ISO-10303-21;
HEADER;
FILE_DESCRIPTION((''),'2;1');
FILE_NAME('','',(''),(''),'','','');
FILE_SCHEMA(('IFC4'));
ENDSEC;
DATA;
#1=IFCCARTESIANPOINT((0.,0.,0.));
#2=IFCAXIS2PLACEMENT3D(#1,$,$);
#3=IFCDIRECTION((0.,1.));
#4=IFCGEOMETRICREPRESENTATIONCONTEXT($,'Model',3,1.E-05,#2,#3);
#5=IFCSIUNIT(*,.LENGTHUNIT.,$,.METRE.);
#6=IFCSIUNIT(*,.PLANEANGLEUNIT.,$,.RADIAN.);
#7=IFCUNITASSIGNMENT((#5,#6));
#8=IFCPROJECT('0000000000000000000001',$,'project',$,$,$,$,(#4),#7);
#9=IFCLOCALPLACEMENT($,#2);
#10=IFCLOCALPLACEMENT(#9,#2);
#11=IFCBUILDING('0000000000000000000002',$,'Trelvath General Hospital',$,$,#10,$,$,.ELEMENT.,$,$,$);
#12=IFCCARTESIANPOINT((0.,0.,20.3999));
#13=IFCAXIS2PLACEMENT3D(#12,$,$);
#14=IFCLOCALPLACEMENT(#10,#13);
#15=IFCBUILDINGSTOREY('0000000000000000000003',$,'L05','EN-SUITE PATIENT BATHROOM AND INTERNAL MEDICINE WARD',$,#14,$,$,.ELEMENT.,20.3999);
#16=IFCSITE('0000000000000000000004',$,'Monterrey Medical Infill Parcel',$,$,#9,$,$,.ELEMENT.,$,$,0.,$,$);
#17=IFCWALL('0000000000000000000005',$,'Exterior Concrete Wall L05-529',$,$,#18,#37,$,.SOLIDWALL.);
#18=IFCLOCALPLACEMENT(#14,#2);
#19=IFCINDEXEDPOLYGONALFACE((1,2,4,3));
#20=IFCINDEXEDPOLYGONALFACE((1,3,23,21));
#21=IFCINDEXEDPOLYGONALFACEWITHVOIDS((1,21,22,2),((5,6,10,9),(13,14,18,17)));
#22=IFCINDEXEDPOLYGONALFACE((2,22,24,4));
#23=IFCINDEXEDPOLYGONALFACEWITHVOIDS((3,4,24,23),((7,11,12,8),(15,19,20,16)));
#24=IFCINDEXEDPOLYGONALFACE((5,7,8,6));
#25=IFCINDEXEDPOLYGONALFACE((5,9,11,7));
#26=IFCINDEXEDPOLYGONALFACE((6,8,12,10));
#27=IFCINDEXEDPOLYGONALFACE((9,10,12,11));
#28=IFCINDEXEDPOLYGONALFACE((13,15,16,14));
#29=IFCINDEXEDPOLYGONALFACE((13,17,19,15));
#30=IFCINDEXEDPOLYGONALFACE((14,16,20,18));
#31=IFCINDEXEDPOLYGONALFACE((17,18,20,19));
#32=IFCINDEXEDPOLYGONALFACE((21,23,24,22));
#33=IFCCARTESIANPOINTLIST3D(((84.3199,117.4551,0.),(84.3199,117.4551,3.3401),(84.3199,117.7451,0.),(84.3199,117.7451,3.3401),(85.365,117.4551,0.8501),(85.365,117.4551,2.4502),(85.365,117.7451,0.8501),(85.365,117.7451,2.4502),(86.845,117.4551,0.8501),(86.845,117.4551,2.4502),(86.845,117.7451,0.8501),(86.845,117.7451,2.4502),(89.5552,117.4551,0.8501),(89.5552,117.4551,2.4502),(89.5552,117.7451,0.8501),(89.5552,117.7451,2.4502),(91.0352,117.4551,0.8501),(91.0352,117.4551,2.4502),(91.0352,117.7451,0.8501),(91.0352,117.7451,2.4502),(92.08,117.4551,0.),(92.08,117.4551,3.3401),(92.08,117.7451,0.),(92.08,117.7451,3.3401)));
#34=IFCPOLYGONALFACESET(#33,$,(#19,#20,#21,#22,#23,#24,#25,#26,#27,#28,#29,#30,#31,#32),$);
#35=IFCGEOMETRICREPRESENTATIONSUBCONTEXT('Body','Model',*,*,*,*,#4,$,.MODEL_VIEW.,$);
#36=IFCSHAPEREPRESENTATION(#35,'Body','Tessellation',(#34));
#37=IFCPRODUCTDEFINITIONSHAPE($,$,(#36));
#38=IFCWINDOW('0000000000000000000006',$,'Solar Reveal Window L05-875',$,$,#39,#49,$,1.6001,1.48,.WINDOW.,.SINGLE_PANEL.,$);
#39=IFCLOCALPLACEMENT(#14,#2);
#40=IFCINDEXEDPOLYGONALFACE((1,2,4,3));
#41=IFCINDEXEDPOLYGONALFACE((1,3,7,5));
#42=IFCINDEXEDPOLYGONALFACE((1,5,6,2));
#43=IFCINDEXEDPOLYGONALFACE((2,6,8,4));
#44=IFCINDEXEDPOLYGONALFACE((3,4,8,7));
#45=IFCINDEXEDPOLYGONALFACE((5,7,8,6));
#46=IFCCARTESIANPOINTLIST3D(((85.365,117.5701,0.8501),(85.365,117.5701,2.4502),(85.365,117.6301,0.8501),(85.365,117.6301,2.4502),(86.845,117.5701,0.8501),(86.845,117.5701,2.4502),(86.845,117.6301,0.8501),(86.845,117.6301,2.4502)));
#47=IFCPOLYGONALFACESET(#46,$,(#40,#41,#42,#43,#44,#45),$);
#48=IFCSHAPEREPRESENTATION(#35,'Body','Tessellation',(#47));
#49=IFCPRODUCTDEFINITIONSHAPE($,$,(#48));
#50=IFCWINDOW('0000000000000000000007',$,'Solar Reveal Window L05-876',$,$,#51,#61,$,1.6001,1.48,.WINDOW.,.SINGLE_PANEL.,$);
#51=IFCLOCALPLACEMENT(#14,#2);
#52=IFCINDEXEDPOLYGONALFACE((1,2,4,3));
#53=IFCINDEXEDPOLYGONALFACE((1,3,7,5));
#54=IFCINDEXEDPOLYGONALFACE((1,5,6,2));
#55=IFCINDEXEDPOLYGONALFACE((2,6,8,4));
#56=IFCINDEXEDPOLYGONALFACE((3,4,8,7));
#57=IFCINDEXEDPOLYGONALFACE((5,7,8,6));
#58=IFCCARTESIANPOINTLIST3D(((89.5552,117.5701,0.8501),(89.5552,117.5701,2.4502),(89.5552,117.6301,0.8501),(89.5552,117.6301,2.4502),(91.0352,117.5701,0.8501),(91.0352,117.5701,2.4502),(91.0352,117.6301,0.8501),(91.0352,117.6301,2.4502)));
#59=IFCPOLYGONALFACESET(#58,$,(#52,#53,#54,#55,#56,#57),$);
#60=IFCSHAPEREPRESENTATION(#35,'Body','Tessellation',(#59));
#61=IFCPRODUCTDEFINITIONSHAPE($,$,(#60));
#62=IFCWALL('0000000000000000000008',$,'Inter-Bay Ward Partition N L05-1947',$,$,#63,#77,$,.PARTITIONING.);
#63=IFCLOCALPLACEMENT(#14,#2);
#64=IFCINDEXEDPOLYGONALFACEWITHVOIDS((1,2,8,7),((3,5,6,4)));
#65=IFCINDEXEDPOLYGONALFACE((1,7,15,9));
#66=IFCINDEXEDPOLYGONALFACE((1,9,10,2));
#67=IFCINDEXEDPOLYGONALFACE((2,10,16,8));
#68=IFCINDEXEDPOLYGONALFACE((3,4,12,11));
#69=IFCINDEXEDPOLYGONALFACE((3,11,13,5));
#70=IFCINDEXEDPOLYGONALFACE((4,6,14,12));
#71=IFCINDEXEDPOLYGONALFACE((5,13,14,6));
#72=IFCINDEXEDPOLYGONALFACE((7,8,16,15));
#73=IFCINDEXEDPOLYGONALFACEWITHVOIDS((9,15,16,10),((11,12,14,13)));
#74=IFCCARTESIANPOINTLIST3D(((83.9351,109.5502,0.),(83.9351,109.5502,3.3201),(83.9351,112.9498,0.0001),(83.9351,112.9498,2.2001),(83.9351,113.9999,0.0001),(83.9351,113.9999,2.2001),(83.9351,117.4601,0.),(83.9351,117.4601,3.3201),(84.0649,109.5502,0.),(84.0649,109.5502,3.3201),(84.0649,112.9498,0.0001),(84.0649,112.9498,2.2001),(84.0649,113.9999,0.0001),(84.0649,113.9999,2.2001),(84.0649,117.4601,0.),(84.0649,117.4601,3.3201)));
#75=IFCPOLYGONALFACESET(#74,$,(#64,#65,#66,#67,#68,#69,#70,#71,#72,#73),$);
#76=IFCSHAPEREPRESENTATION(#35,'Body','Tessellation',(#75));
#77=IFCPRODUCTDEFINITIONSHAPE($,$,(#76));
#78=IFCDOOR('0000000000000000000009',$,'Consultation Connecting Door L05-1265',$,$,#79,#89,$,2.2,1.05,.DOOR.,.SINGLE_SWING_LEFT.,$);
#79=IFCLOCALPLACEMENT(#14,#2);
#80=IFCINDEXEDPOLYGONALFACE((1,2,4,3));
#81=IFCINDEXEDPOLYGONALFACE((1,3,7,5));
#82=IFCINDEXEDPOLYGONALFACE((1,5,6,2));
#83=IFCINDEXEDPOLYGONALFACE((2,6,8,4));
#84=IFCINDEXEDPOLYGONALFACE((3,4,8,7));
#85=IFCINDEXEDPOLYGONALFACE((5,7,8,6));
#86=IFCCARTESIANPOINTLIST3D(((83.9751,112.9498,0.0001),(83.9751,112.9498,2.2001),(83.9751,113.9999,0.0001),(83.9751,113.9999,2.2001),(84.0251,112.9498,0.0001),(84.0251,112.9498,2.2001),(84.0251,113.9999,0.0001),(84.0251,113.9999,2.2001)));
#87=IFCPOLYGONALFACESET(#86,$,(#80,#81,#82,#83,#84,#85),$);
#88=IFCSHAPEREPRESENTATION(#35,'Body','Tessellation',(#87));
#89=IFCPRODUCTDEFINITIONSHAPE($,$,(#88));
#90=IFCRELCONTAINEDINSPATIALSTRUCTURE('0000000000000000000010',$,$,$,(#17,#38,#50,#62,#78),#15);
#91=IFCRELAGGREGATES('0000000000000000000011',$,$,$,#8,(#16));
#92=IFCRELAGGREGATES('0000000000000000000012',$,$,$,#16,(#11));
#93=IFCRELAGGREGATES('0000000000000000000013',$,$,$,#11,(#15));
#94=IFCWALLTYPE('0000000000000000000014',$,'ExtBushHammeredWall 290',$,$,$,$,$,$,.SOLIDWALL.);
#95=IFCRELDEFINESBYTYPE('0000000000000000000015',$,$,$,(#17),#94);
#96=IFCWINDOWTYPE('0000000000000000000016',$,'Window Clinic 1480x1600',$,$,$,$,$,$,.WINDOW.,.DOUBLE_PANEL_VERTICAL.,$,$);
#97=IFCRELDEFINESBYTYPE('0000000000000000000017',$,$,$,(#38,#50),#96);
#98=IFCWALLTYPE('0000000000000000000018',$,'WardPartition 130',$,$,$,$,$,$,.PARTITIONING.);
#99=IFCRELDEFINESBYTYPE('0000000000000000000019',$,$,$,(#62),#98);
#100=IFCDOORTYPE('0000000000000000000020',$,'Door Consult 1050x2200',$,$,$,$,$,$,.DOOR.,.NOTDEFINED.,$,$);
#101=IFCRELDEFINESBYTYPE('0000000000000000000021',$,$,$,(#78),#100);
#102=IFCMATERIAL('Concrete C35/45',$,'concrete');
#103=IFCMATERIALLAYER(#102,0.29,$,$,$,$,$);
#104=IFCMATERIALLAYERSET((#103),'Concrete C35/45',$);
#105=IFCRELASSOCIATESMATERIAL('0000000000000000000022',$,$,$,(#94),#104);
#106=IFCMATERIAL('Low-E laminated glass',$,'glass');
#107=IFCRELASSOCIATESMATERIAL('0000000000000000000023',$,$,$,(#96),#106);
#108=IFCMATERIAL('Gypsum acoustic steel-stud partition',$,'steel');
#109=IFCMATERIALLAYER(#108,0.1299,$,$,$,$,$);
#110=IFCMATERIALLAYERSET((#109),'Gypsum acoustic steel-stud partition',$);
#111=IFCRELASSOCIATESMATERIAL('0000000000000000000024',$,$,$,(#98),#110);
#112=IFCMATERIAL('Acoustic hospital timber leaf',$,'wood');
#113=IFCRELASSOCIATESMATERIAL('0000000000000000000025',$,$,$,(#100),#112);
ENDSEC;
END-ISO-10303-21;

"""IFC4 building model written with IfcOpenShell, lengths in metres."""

from ifc_helpers import new_model, si_unit, direction, frame, frame_2d, origin, place, context, subcontext, project, spatial, rectangle, extrude, material, layer, layer_set, type_object, element, fill, save


model = new_model("IFC4")

# Units and contexts
model_context = context("Model", 3, precision=1e-05, world=origin(), true_north=direction((0.0, 1.0)))
body_context = subcontext(model_context, "Body", "Model", "MODEL_VIEW")
ifc_project = project(units=[si_unit("LENGTHUNIT", "METRE"), si_unit("PLANEANGLEUNIT", "RADIAN")], contexts=[model_context])

# Site, building, storey
site_placement = place(None, origin())
site = spatial("IfcSite", under=ifc_project, at=site_placement, Name="Monterrey Medical Infill Parcel", CompositionType="ELEMENT", RefElevation=0.0)
building_placement = place(site_placement, origin())
building = spatial("IfcBuilding", under=site, at=building_placement, Name="Trelvath General Hospital", CompositionType="ELEMENT")
storey_placement = place(building_placement, frame((0.0, 0.0, 20.3999)))
storey = spatial("IfcBuildingStorey", under=building, at=storey_placement, Name="L05", Description="EN-SUITE PATIENT BATHROOM AND INTERNAL MEDICINE WARD", CompositionType="ELEMENT", Elevation=20.3999)

# Wall, openings, windows
ifc_material_1 = material(Name="Concrete C35/45", Category="concrete")
ifc_layer_1 = layer(ifc_material_1, 0.29)
ifc_layer_set_1 = layer_set([ifc_layer_1], Name="Concrete C35/45")
wall_type_1 = type_object("IfcWallType", Name="ExtBushHammeredWall 290", PredefinedType="SOLIDWALL", material=ifc_layer_set_1)
wall_1_placement = place(storey_placement, frame((84.3201, 117.6001, 0.0), z_axis=(0.0, 0.0, 1.0), x_axis=(1.0, 0.0, 0.0)))
wall_1 = element("IfcWall", 1, at=wall_1_placement, inside=storey, type_object=wall_type_1, Name="Exterior Concrete Wall L05-529", PredefinedType="SOLIDWALL", context=body_context, shape_type="SweptSolid", body=[
    extrude(rectangle(XDim=7.76, YDim=0.29, at=frame_2d((3.8799, 0.0))), origin(), (0.0, 0.0, 1.0), 3.3401),
])
opening_1_placement = place(wall_1_placement, frame((1.0449, 0.0, 0.8501)))
opening_1 = element("IfcOpeningElement", 2, at=opening_1_placement, cuts=wall_1, PredefinedType="OPENING", context=body_context, shape_type="SweptSolid", body=[
    extrude(rectangle(XDim=1.48, YDim=1.6001, at=frame_2d((0.74, 0.8))), frame((0.0, 0.155, 0.0), z_axis=(0.0, -1.0, 0.0), x_axis=(1.0, 0.0, 0.0)), (0.0, 0.0, 1.0), 0.3101),
])
opening_2_placement = place(wall_1_placement, frame((5.2351, 0.0, 0.8501)))
opening_2 = element("IfcOpeningElement", 3, at=opening_2_placement, cuts=wall_1, PredefinedType="OPENING", context=body_context, shape_type="SweptSolid", body=[
    extrude(rectangle(XDim=1.48, YDim=1.6001, at=frame_2d((0.74, 0.8))), frame((0.0, 0.155, 0.0), z_axis=(0.0, -1.0, 0.0), x_axis=(1.0, 0.0, 0.0)), (0.0, 0.0, 1.0), 0.3101),
])
ifc_material_2 = material(Name="Low-E laminated glass", Category="glass")
window_type = type_object("IfcWindowType", Name="Window Clinic 1480x1600", PartitioningType="DOUBLE_PANEL_VERTICAL", PredefinedType="WINDOW", material=ifc_material_2)
window_1_placement = place(opening_1_placement, origin())
window_1 = element("IfcWindow", 4, at=window_1_placement, inside=storey, type_object=window_type, Name="Solar Reveal Window L05-875", OverallHeight=1.6001, OverallWidth=1.48, PartitioningType="SINGLE_PANEL", PredefinedType="WINDOW", context=body_context, shape_type="SweptSolid", body=[
    extrude(rectangle(XDim=1.48, YDim=1.6001, at=frame_2d((0.74, 0.8))), frame((0.0, 0.03, 0.0), z_axis=(0.0, -1.0, 0.0), x_axis=(1.0, 0.0, 0.0)), (0.0, 0.0, 1.0), 0.0601),
])
fill(opening_1, window_1)
window_2_placement = place(opening_2_placement, origin())
window_2 = element("IfcWindow", 5, at=window_2_placement, inside=storey, type_object=window_type, Name="Solar Reveal Window L05-876", OverallHeight=1.6001, OverallWidth=1.48, PartitioningType="SINGLE_PANEL", PredefinedType="WINDOW", context=body_context, shape_type="SweptSolid", body=[
    extrude(rectangle(XDim=1.48, YDim=1.6001, at=frame_2d((0.74, 0.8))), frame((0.0, 0.03, 0.0), z_axis=(0.0, -1.0, 0.0), x_axis=(1.0, 0.0, 0.0)), (0.0, 0.0, 1.0), 0.0601),
])
fill(opening_2, window_2)

# Wall, opening, door
ifc_material_3 = material(Name="Gypsum acoustic steel-stud partition", Category="steel")
ifc_layer_2 = layer(ifc_material_3, 0.1299)
ifc_layer_set_2 = layer_set([ifc_layer_2], Name="Gypsum acoustic steel-stud partition")
wall_type_2 = type_object("IfcWallType", Name="WardPartition 130", PredefinedType="PARTITIONING", material=ifc_layer_set_2)
wall_2_placement = place(storey_placement, frame((84.0, 109.55, 0.0), z_axis=(0.0, 0.0, 1.0), x_axis=(0.0, 1.0, 0.0)))
wall_2 = element("IfcWall", 6, at=wall_2_placement, inside=storey, type_object=wall_type_2, Name="Inter-Bay Ward Partition N L05-1947", PredefinedType="PARTITIONING", context=body_context, shape_type="SweptSolid", body=[
    extrude(rectangle(XDim=7.9099, YDim=0.1299, at=frame_2d((3.9551, 0.0))), origin(), (0.0, 0.0, 1.0), 3.3201),
])
opening_3_placement = place(wall_2_placement, frame((3.3999, 0.0, 0.0)))
opening_3 = element("IfcOpeningElement", 7, at=opening_3_placement, cuts=wall_2, PredefinedType="OPENING", context=body_context, shape_type="SweptSolid", body=[
    extrude(rectangle(XDim=1.05, YDim=2.2, at=frame_2d((0.5249, 1.1001))), frame((0.0, 0.075, 0.0), z_axis=(0.0, -1.0, 0.0), x_axis=(1.0, 0.0, 0.0)), (0.0, 0.0, 1.0), 0.1499),
])
ifc_material_4 = material(Name="Acoustic hospital timber leaf", Category="wood")
door_type_1 = type_object("IfcDoorType", Name="Door Consult 1050x2200", OperationType="NOTDEFINED", PredefinedType="DOOR", material=ifc_material_4)
door_1_placement = place(opening_3_placement, origin())
door_1 = element("IfcDoor", 8, at=door_1_placement, inside=storey, type_object=door_type_1, Name="Consultation Connecting Door L05-1265", OperationType="SINGLE_SWING_LEFT", OverallHeight=2.2, OverallWidth=1.05, PredefinedType="DOOR", context=body_context, shape_type="SweptSolid", body=[
    extrude(rectangle(XDim=1.05, YDim=2.2, at=frame_2d((0.5249, 1.1001))), frame((0.0, 0.0249, 0.0), z_axis=(0.0, -1.0, 0.0), x_axis=(1.0, 0.0, 0.0)), (0.0, 0.0, 1.0), 0.05),
])
fill(opening_3, door_1)

save(model, "model.ifc")
